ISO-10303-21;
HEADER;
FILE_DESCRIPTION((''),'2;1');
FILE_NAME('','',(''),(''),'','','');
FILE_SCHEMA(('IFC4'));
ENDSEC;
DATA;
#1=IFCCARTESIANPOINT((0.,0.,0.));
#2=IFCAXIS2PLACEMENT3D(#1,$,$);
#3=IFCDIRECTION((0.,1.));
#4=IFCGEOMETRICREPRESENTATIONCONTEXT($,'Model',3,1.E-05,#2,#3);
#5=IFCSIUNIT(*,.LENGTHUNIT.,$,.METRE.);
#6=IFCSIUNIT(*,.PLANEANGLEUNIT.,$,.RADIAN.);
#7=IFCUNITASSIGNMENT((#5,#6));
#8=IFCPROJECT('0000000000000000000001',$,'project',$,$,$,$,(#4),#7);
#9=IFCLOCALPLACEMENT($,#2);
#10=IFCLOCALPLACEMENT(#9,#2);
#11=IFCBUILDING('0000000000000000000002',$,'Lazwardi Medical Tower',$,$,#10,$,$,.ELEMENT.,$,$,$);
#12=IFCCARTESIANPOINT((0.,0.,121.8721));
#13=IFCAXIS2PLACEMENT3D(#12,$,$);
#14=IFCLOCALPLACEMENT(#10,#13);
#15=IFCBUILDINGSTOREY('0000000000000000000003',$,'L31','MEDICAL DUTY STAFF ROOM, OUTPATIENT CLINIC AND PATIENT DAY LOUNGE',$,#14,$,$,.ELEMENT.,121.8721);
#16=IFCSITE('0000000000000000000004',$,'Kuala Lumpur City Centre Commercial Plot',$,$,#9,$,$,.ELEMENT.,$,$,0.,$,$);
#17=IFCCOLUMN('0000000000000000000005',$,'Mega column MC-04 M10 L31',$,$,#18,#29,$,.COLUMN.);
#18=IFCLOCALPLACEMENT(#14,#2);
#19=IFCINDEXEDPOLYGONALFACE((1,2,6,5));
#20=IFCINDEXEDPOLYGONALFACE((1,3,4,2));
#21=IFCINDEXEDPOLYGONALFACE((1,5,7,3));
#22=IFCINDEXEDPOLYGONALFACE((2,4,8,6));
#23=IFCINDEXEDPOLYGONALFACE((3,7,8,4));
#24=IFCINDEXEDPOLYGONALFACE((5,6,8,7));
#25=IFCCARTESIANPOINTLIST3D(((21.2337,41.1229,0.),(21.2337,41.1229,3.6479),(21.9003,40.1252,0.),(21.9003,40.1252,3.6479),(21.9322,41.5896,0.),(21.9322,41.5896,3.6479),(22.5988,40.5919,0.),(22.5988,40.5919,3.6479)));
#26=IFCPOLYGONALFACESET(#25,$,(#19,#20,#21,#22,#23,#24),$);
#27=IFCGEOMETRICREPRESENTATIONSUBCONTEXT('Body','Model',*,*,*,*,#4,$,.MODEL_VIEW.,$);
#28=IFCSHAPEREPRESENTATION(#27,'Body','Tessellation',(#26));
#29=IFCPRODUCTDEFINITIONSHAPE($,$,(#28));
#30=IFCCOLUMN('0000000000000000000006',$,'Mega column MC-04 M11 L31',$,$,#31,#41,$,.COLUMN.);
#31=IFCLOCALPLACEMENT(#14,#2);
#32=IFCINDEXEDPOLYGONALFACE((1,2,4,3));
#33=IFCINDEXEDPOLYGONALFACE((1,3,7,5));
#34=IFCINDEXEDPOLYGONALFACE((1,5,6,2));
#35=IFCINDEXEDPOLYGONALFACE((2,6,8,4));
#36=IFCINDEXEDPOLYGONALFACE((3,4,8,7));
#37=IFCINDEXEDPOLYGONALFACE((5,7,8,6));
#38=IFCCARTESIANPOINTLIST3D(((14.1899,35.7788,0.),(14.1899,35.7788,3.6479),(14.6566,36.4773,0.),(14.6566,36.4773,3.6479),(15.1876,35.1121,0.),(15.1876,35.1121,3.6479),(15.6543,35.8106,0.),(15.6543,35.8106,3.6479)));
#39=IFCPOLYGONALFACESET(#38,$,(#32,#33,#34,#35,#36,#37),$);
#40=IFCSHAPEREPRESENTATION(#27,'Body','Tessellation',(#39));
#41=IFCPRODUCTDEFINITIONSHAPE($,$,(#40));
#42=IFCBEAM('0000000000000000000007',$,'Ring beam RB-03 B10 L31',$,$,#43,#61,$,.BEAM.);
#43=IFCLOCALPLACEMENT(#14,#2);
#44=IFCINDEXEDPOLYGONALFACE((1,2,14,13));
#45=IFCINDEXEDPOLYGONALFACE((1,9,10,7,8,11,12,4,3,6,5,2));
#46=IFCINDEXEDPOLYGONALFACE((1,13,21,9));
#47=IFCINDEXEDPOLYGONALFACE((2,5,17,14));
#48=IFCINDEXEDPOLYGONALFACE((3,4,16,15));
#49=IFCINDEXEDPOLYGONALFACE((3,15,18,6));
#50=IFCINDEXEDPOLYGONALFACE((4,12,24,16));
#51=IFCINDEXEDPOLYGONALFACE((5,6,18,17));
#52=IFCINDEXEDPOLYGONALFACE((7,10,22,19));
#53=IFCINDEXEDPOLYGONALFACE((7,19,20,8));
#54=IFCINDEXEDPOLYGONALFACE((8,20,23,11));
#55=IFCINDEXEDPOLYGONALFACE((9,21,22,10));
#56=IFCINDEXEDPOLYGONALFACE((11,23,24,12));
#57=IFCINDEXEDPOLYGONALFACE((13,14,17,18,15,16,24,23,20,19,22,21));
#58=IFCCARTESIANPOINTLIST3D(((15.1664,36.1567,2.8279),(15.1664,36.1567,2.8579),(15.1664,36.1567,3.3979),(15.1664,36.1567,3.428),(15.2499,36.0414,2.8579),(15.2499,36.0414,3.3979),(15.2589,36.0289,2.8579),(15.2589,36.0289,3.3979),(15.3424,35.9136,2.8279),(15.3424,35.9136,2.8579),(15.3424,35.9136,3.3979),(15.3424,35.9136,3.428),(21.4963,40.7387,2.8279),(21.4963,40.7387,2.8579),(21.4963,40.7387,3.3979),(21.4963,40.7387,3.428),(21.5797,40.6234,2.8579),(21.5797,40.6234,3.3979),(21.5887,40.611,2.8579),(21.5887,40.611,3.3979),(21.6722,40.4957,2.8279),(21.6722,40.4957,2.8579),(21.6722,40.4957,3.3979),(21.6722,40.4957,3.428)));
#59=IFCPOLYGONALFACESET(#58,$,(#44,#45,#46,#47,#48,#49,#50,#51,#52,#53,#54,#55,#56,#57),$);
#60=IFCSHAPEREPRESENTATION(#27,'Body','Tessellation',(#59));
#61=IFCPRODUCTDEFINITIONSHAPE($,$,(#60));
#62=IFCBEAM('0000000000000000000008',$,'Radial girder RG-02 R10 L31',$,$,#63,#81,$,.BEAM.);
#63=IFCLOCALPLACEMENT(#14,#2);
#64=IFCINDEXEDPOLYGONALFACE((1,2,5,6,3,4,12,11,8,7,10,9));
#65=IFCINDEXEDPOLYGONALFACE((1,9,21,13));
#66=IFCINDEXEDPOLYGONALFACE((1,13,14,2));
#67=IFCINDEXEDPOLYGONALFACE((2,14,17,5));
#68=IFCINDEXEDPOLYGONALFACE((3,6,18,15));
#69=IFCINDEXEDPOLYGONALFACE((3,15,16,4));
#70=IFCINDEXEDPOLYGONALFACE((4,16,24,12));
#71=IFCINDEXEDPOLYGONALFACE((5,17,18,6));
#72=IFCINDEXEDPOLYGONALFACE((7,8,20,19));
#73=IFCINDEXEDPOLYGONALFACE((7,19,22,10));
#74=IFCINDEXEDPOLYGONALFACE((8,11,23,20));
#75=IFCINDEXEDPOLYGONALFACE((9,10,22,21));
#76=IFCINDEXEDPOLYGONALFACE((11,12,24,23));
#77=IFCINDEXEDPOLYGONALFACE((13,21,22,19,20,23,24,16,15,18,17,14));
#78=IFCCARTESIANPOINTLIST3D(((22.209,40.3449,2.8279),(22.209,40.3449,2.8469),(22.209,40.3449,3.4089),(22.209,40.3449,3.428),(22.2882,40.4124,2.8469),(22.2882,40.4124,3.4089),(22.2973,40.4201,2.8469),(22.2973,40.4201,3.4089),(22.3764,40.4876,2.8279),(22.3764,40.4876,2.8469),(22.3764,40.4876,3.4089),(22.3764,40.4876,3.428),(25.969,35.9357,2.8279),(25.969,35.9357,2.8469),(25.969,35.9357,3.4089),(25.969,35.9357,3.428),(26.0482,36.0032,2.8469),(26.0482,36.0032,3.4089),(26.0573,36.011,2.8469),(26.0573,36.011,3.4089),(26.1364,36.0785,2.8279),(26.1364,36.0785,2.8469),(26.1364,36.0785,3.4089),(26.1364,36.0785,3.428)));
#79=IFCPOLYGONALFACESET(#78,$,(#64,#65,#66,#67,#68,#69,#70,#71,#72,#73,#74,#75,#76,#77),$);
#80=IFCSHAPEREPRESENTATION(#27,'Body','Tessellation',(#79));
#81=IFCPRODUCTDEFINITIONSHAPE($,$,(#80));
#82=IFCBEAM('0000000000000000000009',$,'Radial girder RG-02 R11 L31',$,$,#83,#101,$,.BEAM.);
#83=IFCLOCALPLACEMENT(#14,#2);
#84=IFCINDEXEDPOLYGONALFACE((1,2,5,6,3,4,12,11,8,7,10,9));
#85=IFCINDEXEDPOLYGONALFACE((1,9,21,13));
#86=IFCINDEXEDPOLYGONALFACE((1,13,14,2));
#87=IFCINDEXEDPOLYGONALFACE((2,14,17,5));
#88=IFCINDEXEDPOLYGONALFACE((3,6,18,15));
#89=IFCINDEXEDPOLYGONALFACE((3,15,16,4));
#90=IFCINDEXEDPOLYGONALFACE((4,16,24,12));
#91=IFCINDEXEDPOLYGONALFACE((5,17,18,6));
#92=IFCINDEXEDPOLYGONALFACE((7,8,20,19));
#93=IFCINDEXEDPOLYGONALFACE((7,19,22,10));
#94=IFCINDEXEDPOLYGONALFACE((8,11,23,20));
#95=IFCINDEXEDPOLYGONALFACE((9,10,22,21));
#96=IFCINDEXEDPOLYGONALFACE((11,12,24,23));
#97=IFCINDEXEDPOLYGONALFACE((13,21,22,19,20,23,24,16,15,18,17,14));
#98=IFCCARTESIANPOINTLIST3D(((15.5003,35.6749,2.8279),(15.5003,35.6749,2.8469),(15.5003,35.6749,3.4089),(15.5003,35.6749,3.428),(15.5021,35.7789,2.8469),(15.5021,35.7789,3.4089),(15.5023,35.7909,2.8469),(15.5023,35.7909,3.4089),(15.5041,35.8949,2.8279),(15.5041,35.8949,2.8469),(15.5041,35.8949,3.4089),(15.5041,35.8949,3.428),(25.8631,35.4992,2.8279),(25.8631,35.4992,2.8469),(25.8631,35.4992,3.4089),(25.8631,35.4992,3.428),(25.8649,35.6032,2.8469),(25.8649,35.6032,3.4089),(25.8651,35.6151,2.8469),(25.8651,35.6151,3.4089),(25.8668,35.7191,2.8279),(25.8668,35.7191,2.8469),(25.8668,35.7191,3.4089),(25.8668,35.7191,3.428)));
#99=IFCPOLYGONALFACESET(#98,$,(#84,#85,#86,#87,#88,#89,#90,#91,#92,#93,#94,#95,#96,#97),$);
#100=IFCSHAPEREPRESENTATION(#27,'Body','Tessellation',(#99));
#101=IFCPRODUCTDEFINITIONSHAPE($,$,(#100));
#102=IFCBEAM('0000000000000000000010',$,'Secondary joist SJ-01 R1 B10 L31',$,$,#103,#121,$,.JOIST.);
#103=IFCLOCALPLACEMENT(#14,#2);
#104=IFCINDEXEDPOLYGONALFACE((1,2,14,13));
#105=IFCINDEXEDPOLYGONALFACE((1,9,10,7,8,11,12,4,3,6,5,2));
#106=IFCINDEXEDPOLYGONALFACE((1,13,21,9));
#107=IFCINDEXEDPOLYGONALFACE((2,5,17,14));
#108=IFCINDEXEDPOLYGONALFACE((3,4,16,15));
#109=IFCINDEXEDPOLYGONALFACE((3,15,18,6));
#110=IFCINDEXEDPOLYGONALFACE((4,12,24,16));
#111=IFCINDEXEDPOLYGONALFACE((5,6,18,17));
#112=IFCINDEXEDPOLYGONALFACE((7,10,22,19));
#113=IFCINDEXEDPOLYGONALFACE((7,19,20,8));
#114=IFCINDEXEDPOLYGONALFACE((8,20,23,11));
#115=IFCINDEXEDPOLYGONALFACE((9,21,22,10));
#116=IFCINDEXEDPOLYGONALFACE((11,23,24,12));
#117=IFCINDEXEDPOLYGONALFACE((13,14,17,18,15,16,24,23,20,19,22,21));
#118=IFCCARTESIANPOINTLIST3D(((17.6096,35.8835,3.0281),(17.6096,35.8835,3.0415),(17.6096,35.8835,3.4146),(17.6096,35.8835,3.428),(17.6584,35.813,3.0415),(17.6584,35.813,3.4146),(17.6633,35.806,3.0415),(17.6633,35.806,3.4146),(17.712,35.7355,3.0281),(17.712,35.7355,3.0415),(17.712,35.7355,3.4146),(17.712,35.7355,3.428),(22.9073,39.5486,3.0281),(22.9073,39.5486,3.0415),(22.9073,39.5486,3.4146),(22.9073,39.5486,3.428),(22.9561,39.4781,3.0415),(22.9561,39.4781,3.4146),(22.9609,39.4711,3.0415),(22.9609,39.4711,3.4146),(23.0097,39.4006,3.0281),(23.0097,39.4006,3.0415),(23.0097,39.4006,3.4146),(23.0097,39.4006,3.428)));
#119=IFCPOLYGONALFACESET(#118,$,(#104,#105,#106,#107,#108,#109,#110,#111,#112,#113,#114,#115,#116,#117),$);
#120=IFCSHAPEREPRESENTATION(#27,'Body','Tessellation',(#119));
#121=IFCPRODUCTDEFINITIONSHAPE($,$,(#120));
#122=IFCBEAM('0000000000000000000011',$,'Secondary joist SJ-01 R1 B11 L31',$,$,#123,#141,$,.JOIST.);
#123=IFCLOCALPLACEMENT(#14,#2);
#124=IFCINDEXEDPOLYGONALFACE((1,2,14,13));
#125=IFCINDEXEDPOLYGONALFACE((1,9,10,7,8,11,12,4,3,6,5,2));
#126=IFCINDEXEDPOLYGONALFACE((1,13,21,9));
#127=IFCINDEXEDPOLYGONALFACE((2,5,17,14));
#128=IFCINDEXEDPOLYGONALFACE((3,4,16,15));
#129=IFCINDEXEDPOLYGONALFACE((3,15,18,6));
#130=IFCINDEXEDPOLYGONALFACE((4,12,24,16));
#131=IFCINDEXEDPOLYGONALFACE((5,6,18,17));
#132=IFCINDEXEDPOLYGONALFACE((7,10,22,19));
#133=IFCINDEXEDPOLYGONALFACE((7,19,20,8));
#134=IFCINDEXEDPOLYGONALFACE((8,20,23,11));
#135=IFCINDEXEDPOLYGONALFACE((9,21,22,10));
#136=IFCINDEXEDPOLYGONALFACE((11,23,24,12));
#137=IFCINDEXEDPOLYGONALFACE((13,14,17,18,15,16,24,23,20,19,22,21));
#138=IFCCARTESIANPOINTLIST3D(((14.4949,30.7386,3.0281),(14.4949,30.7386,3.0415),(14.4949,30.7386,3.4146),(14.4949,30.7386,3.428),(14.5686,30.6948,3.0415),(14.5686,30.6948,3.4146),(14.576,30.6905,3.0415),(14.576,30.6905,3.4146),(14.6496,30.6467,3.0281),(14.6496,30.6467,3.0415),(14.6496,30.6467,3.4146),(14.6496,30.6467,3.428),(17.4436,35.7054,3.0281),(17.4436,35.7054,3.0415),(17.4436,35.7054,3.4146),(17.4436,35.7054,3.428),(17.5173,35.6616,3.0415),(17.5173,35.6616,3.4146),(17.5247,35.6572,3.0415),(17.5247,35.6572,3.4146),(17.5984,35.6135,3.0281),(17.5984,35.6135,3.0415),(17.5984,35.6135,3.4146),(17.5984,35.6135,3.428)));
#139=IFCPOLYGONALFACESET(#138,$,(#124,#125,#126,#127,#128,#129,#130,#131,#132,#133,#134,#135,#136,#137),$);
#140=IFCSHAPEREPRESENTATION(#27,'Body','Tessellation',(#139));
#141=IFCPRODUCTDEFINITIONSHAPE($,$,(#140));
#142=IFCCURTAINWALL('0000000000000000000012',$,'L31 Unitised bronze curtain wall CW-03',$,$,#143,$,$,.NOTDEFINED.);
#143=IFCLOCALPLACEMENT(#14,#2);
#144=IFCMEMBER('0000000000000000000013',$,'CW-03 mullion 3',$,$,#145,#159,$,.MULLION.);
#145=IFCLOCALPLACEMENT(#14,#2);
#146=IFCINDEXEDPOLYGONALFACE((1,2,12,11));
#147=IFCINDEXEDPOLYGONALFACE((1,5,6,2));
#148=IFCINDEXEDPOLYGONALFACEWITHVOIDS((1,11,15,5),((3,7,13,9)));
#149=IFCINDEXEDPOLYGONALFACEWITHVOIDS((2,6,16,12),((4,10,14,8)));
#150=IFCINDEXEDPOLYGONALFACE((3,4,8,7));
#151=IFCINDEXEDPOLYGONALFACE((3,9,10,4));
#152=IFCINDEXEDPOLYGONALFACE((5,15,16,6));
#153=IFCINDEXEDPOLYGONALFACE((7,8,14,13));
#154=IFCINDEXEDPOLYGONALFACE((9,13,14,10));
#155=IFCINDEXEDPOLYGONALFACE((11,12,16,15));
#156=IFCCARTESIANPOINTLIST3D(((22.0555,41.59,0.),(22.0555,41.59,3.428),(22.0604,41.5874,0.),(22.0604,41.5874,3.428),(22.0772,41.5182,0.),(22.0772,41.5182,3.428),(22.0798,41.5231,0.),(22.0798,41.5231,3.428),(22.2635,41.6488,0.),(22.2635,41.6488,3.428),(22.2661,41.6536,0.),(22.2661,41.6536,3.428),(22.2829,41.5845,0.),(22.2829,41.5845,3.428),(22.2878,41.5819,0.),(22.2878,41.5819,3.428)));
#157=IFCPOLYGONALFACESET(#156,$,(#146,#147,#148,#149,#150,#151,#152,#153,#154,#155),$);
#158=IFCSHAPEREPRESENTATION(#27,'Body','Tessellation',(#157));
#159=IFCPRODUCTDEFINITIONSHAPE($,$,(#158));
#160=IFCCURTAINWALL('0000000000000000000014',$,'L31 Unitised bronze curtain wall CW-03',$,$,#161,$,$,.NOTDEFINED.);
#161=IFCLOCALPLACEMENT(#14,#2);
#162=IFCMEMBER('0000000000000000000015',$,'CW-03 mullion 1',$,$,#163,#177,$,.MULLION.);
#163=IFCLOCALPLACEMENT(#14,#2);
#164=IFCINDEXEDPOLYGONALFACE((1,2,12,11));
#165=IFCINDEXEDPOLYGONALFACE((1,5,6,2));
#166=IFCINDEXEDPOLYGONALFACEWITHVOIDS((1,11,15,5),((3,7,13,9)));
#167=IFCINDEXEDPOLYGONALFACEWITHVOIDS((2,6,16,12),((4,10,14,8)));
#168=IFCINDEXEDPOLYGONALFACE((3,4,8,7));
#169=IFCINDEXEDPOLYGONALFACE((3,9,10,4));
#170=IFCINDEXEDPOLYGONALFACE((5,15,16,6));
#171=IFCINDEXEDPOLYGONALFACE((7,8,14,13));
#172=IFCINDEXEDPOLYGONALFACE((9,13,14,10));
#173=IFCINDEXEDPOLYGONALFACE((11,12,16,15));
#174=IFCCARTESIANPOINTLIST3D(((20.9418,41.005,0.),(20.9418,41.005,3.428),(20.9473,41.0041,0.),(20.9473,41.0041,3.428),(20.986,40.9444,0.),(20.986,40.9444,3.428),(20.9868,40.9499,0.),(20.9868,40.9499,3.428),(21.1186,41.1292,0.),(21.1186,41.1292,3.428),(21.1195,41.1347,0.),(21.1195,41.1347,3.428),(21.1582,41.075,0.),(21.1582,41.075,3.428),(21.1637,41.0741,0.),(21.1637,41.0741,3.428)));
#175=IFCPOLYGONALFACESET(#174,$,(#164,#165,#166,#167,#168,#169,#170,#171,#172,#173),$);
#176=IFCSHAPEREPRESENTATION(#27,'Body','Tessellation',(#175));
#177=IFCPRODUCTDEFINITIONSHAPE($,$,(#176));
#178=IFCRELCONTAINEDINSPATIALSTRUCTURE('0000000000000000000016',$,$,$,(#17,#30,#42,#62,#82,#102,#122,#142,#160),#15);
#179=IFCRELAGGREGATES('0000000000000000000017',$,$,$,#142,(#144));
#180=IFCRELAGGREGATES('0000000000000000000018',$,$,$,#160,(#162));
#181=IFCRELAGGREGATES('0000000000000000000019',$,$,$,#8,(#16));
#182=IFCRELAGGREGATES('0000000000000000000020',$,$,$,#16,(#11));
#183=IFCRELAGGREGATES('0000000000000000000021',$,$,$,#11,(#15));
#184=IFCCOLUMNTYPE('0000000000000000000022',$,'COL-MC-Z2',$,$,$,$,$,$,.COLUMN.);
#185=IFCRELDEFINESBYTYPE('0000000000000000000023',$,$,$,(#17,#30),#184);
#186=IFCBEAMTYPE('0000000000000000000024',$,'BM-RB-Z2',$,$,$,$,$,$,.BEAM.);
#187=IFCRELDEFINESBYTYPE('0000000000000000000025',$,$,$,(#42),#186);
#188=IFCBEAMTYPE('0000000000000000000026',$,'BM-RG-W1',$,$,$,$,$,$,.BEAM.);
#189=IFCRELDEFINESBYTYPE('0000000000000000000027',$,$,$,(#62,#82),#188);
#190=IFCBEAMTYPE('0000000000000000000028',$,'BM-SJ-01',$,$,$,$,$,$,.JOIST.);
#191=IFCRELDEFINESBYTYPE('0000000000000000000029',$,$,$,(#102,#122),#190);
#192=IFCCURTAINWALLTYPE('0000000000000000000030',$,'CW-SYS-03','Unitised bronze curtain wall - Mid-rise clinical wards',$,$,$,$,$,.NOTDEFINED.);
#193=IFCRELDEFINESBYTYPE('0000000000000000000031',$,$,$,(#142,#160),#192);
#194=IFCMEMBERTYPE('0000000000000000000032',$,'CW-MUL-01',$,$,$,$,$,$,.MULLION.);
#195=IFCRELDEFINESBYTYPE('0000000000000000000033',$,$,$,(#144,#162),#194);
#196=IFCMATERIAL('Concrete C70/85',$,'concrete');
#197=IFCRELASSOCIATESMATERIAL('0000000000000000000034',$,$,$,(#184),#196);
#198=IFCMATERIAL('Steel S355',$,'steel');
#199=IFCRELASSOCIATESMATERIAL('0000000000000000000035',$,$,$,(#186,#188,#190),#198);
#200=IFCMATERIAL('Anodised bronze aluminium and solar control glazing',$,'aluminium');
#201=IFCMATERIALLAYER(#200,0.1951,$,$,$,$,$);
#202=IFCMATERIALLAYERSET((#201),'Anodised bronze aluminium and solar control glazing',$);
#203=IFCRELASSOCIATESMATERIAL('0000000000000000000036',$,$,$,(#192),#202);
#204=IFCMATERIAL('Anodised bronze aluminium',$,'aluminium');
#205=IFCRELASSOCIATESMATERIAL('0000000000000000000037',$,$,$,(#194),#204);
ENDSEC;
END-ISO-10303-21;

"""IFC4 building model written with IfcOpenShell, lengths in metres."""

from ifc_helpers import new_model, si_unit, direction, frame, origin, origin_2d, place, context, subcontext, project, spatial, rectangle, hollow_rectangle, i_section, extrude, material, layer, layer_set, material_profile, profile_set, type_object, element, aggregate, save


model = new_model("IFC4")

# Units and contexts
model_context = context("Model", 3, precision=1e-05, world=origin(), true_north=direction((0.0, 1.0)))
body_context = subcontext(model_context, "Body", "Model", "MODEL_VIEW")
ifc_project = project(units=[si_unit("LENGTHUNIT", "METRE"), si_unit("PLANEANGLEUNIT", "RADIAN")], contexts=[model_context])

# Site, building, storey
site_placement = place(None, origin())
site = spatial("IfcSite", under=ifc_project, at=site_placement, Name="Kuala Lumpur City Centre Commercial Plot", CompositionType="ELEMENT", RefElevation=0.0)
building_placement = place(site_placement, origin())
building = spatial("IfcBuilding", under=site, at=building_placement, Name="Lazwardi Medical Tower", CompositionType="ELEMENT")
storey_placement = place(building_placement, frame((0.0, 0.0, 121.8721)))
storey = spatial("IfcBuildingStorey", under=building, at=storey_placement, Name="L31", Description="MEDICAL DUTY STAFF ROOM, OUTPATIENT CLINIC AND PATIENT DAY LOUNGE", CompositionType="ELEMENT", Elevation=121.8721)

# Columns
ifc_material_1 = material(Name="Concrete C70/85", Category="concrete")
ifc_material_profile_1 = material_profile(ifc_material_1, rectangle(XDim=1.2, YDim=0.8401, at=origin_2d()), Name="CFT-RECT 1200x840")
ifc_profile_set_1 = profile_set([ifc_material_profile_1], Name="Concrete C70/85")
column_type = type_object("IfcColumnType", Name="COL-MC-Z2", PredefinedType="COLUMN", material=ifc_profile_set_1)
for number, where, z_axis, x_axis, name in (
    (1, (21.9163, 40.8574, 0.0), (0.0, 0.0, 1.0), (-0.55557, 0.83147, 0.0), "Mega column MC-04 M10 L31"),
    (2, (14.9221, 35.7947, 0.0), (0.0, 0.0, 1.0), (-0.83147, 0.55557, 0.0), "Mega column MC-04 M11 L31"),
):
    element("IfcColumn", number, at=place(storey_placement, frame(where, z_axis=z_axis, x_axis=x_axis)), inside=storey, type_object=column_type, Name=name, PredefinedType="COLUMN", context=body_context, shape_type="SweptSolid", body=[
        extrude(rectangle(XDim=1.2, YDim=0.8401, at=origin_2d()), origin(), (0.0, 0.0, 1.0), 3.6479),
    ])

# Beams
ifc_material_2 = material(Name="Steel S355", Category="steel")
ifc_material_profile_2 = material_profile(ifc_material_2, i_section(OverallWidth=0.3, OverallDepth=0.6001, WebThickness=0.0154, FlangeThickness=0.03, at=origin_2d()), Name="HEB 600")
ifc_profile_set_2 = profile_set([ifc_material_profile_2], Name="Steel S355")
beam_type_1 = type_object("IfcBeamType", Name="BM-RB-Z2", PredefinedType="BEAM", material=ifc_profile_set_2)
beam_1_placement = place(storey_placement, frame((21.5842, 40.6172, 3.1279), z_axis=(-0.810042, -0.586372, 0.0), x_axis=(0.586372, -0.810042, 0.0)))
element("IfcBeam", 3, at=beam_1_placement, inside=storey, type_object=beam_type_1, Name="Ring beam RB-03 B10 L31", PredefinedType="BEAM", context=body_context, shape_type="SweptSolid", body=[
    extrude(i_section(OverallWidth=0.3, OverallDepth=0.6001, WebThickness=0.0154, FlangeThickness=0.03, at=origin_2d()), origin(), (0.0, 0.0, 1.0), 7.8142),
])
ifc_material_profile_3 = material_profile(ifc_material_2, i_section(OverallWidth=0.22, OverallDepth=0.6001, WebThickness=0.012, FlangeThickness=0.019, at=origin_2d()), Name="IPE 600")
ifc_profile_set_3 = profile_set([ifc_material_profile_3], Name="Steel S355")
beam_type_2 = type_object("IfcBeamType", Name="BM-RG-W1", PredefinedType="BEAM", material=ifc_profile_set_3)
beam_2_placement = place(storey_placement, frame((22.2927, 40.4163, 3.1279), z_axis=(0.648871, -0.760899, 0.0), x_axis=(0.760899, 0.648871, 0.0)))
element("IfcBeam", 4, at=beam_2_placement, inside=storey, type_object=beam_type_2, Name="Radial girder RG-02 R10 L31", PredefinedType="BEAM", context=body_context, shape_type="SweptSolid", body=[
    extrude(i_section(OverallWidth=0.22, OverallDepth=0.6001, WebThickness=0.012, FlangeThickness=0.019, at=origin_2d()), origin(), (0.0, 0.0, 1.0), 5.7947),
])
beam_3_placement = place(storey_placement, frame((15.5022, 35.7849, 3.1279), z_axis=(0.999856, -0.01696, 0.0), x_axis=(0.01696, 0.999856, 0.0)))
element("IfcBeam", 5, at=beam_3_placement, inside=storey, type_object=beam_type_2, Name="Radial girder RG-02 R11 L31", PredefinedType="BEAM", context=body_context, shape_type="SweptSolid", body=[
    extrude(i_section(OverallWidth=0.22, OverallDepth=0.6001, WebThickness=0.012, FlangeThickness=0.019, at=origin_2d()), origin(), (0.0, 0.0, 1.0), 10.3643),
])
ifc_material_profile_4 = material_profile(ifc_material_2, i_section(OverallWidth=0.1799, OverallDepth=0.3999, WebThickness=0.0085, FlangeThickness=0.0134, at=origin_2d()), Name="IPE 400")
ifc_profile_set_4 = profile_set([ifc_material_profile_4], Name="Steel S355")
beam_type_3 = type_object("IfcBeamType", Name="BM-SJ-01", PredefinedType="JOIST", material=ifc_profile_set_4)
beam_4_placement = place(storey_placement, frame((22.9585, 39.4746, 3.228), z_axis=(-0.822376, -0.568944, 0.0), x_axis=(0.568944, -0.822376, 0.0)))
element("IfcBeam", 6, at=beam_4_placement, inside=storey, type_object=beam_type_3, Name="Secondary joist SJ-01 R1 B10 L31", PredefinedType="JOIST", context=body_context, shape_type="SweptSolid", body=[
    extrude(i_section(OverallWidth=0.1799, OverallDepth=0.3999, WebThickness=0.0085, FlangeThickness=0.0134, at=origin_2d()), origin(), (0.0, 0.0, 1.0), 6.4419),
])
beam_5_placement = place(storey_placement, frame((17.521, 35.6594, 3.228), z_axis=(-0.5105, -0.859878, 0.0), x_axis=(0.859878, -0.5105, 0.0)))
element("IfcBeam", 7, at=beam_5_placement, inside=storey, type_object=beam_type_3, Name="Secondary joist SJ-01 R1 B11 L31", PredefinedType="JOIST", context=body_context, shape_type="SweptSolid", body=[
    extrude(i_section(OverallWidth=0.1799, OverallDepth=0.3999, WebThickness=0.0085, FlangeThickness=0.0134, at=origin_2d()), origin(), (0.0, 0.0, 1.0), 5.7761),
])

# Curtain wall, member
ifc_material_3 = material(Name="Anodised bronze aluminium and solar control glazing", Category="aluminium")
ifc_layer_1 = layer(ifc_material_3, 0.1951)
ifc_layer_set_1 = layer_set([ifc_layer_1], Name="Anodised bronze aluminium and solar control glazing")
curtain_wall_type = type_object("IfcCurtainWallType", Name="CW-SYS-03", Description="Unitised bronze curtain wall - Mid-rise clinical wards", PredefinedType="NOTDEFINED", material=ifc_layer_set_1)
curtain_wall_1_placement = place(storey_placement, origin())
curtain_wall_1 = element("IfcCurtainWall", 8, at=curtain_wall_1_placement, inside=storey, type_object=curtain_wall_type, Name="L31 Unitised bronze curtain wall CW-03", PredefinedType="NOTDEFINED")
ifc_material_4 = material(Name="Anodised bronze aluminium", Category="aluminium")
ifc_material_profile_5 = material_profile(ifc_material_4, hollow_rectangle(XDim=0.075, YDim=0.22, WallThickness=0.0039, at=origin_2d()), Name="ALU-MULLION 220x75x4")
ifc_profile_set_5 = profile_set([ifc_material_profile_5], Name="Anodised bronze aluminium")
member_type_1 = type_object("IfcMemberType", Name="CW-MUL-01", PredefinedType="MULLION", material=ifc_profile_set_5)
member_1_placement = place(storey_placement, frame((22.1716, 41.5859, 0.0), z_axis=(0.0, 0.0, 1.0), x_axis=(0.289374, -0.957216, 0.0)))
member_1 = element("IfcMember", 9, at=member_1_placement, type_object=member_type_1, Name="CW-03 mullion 3", PredefinedType="MULLION", context=body_context, shape_type="SweptSolid", body=[
    extrude(hollow_rectangle(XDim=0.075, YDim=0.22, WallThickness=0.0039, at=origin_2d()), origin(), (0.0, 0.0, 1.0), 3.428),
])
aggregate(curtain_wall_1, [member_1])

# Curtain wall, member
curtain_wall_2_placement = place(storey_placement, origin())
curtain_wall_2 = element("IfcCurtainWall", 10, at=curtain_wall_2_placement, inside=storey, type_object=curtain_wall_type, Name="L31 Unitised bronze curtain wall CW-03", PredefinedType="NOTDEFINED")
member_2_placement = place(storey_placement, frame((21.0527, 41.0396, 0.0), z_axis=(0.0, 0.0, 1.0), x_axis=(0.589531, -0.807746, 0.0)))
member_2 = element("IfcMember", 11, at=member_2_placement, type_object=member_type_1, Name="CW-03 mullion 1", PredefinedType="MULLION", context=body_context, shape_type="SweptSolid", body=[
    extrude(hollow_rectangle(XDim=0.075, YDim=0.22, WallThickness=0.0039, at=origin_2d()), origin(), (0.0, 0.0, 1.0), 3.428),
])

aggregate(curtain_wall_2, [member_2])

save(model, "model.ifc")
